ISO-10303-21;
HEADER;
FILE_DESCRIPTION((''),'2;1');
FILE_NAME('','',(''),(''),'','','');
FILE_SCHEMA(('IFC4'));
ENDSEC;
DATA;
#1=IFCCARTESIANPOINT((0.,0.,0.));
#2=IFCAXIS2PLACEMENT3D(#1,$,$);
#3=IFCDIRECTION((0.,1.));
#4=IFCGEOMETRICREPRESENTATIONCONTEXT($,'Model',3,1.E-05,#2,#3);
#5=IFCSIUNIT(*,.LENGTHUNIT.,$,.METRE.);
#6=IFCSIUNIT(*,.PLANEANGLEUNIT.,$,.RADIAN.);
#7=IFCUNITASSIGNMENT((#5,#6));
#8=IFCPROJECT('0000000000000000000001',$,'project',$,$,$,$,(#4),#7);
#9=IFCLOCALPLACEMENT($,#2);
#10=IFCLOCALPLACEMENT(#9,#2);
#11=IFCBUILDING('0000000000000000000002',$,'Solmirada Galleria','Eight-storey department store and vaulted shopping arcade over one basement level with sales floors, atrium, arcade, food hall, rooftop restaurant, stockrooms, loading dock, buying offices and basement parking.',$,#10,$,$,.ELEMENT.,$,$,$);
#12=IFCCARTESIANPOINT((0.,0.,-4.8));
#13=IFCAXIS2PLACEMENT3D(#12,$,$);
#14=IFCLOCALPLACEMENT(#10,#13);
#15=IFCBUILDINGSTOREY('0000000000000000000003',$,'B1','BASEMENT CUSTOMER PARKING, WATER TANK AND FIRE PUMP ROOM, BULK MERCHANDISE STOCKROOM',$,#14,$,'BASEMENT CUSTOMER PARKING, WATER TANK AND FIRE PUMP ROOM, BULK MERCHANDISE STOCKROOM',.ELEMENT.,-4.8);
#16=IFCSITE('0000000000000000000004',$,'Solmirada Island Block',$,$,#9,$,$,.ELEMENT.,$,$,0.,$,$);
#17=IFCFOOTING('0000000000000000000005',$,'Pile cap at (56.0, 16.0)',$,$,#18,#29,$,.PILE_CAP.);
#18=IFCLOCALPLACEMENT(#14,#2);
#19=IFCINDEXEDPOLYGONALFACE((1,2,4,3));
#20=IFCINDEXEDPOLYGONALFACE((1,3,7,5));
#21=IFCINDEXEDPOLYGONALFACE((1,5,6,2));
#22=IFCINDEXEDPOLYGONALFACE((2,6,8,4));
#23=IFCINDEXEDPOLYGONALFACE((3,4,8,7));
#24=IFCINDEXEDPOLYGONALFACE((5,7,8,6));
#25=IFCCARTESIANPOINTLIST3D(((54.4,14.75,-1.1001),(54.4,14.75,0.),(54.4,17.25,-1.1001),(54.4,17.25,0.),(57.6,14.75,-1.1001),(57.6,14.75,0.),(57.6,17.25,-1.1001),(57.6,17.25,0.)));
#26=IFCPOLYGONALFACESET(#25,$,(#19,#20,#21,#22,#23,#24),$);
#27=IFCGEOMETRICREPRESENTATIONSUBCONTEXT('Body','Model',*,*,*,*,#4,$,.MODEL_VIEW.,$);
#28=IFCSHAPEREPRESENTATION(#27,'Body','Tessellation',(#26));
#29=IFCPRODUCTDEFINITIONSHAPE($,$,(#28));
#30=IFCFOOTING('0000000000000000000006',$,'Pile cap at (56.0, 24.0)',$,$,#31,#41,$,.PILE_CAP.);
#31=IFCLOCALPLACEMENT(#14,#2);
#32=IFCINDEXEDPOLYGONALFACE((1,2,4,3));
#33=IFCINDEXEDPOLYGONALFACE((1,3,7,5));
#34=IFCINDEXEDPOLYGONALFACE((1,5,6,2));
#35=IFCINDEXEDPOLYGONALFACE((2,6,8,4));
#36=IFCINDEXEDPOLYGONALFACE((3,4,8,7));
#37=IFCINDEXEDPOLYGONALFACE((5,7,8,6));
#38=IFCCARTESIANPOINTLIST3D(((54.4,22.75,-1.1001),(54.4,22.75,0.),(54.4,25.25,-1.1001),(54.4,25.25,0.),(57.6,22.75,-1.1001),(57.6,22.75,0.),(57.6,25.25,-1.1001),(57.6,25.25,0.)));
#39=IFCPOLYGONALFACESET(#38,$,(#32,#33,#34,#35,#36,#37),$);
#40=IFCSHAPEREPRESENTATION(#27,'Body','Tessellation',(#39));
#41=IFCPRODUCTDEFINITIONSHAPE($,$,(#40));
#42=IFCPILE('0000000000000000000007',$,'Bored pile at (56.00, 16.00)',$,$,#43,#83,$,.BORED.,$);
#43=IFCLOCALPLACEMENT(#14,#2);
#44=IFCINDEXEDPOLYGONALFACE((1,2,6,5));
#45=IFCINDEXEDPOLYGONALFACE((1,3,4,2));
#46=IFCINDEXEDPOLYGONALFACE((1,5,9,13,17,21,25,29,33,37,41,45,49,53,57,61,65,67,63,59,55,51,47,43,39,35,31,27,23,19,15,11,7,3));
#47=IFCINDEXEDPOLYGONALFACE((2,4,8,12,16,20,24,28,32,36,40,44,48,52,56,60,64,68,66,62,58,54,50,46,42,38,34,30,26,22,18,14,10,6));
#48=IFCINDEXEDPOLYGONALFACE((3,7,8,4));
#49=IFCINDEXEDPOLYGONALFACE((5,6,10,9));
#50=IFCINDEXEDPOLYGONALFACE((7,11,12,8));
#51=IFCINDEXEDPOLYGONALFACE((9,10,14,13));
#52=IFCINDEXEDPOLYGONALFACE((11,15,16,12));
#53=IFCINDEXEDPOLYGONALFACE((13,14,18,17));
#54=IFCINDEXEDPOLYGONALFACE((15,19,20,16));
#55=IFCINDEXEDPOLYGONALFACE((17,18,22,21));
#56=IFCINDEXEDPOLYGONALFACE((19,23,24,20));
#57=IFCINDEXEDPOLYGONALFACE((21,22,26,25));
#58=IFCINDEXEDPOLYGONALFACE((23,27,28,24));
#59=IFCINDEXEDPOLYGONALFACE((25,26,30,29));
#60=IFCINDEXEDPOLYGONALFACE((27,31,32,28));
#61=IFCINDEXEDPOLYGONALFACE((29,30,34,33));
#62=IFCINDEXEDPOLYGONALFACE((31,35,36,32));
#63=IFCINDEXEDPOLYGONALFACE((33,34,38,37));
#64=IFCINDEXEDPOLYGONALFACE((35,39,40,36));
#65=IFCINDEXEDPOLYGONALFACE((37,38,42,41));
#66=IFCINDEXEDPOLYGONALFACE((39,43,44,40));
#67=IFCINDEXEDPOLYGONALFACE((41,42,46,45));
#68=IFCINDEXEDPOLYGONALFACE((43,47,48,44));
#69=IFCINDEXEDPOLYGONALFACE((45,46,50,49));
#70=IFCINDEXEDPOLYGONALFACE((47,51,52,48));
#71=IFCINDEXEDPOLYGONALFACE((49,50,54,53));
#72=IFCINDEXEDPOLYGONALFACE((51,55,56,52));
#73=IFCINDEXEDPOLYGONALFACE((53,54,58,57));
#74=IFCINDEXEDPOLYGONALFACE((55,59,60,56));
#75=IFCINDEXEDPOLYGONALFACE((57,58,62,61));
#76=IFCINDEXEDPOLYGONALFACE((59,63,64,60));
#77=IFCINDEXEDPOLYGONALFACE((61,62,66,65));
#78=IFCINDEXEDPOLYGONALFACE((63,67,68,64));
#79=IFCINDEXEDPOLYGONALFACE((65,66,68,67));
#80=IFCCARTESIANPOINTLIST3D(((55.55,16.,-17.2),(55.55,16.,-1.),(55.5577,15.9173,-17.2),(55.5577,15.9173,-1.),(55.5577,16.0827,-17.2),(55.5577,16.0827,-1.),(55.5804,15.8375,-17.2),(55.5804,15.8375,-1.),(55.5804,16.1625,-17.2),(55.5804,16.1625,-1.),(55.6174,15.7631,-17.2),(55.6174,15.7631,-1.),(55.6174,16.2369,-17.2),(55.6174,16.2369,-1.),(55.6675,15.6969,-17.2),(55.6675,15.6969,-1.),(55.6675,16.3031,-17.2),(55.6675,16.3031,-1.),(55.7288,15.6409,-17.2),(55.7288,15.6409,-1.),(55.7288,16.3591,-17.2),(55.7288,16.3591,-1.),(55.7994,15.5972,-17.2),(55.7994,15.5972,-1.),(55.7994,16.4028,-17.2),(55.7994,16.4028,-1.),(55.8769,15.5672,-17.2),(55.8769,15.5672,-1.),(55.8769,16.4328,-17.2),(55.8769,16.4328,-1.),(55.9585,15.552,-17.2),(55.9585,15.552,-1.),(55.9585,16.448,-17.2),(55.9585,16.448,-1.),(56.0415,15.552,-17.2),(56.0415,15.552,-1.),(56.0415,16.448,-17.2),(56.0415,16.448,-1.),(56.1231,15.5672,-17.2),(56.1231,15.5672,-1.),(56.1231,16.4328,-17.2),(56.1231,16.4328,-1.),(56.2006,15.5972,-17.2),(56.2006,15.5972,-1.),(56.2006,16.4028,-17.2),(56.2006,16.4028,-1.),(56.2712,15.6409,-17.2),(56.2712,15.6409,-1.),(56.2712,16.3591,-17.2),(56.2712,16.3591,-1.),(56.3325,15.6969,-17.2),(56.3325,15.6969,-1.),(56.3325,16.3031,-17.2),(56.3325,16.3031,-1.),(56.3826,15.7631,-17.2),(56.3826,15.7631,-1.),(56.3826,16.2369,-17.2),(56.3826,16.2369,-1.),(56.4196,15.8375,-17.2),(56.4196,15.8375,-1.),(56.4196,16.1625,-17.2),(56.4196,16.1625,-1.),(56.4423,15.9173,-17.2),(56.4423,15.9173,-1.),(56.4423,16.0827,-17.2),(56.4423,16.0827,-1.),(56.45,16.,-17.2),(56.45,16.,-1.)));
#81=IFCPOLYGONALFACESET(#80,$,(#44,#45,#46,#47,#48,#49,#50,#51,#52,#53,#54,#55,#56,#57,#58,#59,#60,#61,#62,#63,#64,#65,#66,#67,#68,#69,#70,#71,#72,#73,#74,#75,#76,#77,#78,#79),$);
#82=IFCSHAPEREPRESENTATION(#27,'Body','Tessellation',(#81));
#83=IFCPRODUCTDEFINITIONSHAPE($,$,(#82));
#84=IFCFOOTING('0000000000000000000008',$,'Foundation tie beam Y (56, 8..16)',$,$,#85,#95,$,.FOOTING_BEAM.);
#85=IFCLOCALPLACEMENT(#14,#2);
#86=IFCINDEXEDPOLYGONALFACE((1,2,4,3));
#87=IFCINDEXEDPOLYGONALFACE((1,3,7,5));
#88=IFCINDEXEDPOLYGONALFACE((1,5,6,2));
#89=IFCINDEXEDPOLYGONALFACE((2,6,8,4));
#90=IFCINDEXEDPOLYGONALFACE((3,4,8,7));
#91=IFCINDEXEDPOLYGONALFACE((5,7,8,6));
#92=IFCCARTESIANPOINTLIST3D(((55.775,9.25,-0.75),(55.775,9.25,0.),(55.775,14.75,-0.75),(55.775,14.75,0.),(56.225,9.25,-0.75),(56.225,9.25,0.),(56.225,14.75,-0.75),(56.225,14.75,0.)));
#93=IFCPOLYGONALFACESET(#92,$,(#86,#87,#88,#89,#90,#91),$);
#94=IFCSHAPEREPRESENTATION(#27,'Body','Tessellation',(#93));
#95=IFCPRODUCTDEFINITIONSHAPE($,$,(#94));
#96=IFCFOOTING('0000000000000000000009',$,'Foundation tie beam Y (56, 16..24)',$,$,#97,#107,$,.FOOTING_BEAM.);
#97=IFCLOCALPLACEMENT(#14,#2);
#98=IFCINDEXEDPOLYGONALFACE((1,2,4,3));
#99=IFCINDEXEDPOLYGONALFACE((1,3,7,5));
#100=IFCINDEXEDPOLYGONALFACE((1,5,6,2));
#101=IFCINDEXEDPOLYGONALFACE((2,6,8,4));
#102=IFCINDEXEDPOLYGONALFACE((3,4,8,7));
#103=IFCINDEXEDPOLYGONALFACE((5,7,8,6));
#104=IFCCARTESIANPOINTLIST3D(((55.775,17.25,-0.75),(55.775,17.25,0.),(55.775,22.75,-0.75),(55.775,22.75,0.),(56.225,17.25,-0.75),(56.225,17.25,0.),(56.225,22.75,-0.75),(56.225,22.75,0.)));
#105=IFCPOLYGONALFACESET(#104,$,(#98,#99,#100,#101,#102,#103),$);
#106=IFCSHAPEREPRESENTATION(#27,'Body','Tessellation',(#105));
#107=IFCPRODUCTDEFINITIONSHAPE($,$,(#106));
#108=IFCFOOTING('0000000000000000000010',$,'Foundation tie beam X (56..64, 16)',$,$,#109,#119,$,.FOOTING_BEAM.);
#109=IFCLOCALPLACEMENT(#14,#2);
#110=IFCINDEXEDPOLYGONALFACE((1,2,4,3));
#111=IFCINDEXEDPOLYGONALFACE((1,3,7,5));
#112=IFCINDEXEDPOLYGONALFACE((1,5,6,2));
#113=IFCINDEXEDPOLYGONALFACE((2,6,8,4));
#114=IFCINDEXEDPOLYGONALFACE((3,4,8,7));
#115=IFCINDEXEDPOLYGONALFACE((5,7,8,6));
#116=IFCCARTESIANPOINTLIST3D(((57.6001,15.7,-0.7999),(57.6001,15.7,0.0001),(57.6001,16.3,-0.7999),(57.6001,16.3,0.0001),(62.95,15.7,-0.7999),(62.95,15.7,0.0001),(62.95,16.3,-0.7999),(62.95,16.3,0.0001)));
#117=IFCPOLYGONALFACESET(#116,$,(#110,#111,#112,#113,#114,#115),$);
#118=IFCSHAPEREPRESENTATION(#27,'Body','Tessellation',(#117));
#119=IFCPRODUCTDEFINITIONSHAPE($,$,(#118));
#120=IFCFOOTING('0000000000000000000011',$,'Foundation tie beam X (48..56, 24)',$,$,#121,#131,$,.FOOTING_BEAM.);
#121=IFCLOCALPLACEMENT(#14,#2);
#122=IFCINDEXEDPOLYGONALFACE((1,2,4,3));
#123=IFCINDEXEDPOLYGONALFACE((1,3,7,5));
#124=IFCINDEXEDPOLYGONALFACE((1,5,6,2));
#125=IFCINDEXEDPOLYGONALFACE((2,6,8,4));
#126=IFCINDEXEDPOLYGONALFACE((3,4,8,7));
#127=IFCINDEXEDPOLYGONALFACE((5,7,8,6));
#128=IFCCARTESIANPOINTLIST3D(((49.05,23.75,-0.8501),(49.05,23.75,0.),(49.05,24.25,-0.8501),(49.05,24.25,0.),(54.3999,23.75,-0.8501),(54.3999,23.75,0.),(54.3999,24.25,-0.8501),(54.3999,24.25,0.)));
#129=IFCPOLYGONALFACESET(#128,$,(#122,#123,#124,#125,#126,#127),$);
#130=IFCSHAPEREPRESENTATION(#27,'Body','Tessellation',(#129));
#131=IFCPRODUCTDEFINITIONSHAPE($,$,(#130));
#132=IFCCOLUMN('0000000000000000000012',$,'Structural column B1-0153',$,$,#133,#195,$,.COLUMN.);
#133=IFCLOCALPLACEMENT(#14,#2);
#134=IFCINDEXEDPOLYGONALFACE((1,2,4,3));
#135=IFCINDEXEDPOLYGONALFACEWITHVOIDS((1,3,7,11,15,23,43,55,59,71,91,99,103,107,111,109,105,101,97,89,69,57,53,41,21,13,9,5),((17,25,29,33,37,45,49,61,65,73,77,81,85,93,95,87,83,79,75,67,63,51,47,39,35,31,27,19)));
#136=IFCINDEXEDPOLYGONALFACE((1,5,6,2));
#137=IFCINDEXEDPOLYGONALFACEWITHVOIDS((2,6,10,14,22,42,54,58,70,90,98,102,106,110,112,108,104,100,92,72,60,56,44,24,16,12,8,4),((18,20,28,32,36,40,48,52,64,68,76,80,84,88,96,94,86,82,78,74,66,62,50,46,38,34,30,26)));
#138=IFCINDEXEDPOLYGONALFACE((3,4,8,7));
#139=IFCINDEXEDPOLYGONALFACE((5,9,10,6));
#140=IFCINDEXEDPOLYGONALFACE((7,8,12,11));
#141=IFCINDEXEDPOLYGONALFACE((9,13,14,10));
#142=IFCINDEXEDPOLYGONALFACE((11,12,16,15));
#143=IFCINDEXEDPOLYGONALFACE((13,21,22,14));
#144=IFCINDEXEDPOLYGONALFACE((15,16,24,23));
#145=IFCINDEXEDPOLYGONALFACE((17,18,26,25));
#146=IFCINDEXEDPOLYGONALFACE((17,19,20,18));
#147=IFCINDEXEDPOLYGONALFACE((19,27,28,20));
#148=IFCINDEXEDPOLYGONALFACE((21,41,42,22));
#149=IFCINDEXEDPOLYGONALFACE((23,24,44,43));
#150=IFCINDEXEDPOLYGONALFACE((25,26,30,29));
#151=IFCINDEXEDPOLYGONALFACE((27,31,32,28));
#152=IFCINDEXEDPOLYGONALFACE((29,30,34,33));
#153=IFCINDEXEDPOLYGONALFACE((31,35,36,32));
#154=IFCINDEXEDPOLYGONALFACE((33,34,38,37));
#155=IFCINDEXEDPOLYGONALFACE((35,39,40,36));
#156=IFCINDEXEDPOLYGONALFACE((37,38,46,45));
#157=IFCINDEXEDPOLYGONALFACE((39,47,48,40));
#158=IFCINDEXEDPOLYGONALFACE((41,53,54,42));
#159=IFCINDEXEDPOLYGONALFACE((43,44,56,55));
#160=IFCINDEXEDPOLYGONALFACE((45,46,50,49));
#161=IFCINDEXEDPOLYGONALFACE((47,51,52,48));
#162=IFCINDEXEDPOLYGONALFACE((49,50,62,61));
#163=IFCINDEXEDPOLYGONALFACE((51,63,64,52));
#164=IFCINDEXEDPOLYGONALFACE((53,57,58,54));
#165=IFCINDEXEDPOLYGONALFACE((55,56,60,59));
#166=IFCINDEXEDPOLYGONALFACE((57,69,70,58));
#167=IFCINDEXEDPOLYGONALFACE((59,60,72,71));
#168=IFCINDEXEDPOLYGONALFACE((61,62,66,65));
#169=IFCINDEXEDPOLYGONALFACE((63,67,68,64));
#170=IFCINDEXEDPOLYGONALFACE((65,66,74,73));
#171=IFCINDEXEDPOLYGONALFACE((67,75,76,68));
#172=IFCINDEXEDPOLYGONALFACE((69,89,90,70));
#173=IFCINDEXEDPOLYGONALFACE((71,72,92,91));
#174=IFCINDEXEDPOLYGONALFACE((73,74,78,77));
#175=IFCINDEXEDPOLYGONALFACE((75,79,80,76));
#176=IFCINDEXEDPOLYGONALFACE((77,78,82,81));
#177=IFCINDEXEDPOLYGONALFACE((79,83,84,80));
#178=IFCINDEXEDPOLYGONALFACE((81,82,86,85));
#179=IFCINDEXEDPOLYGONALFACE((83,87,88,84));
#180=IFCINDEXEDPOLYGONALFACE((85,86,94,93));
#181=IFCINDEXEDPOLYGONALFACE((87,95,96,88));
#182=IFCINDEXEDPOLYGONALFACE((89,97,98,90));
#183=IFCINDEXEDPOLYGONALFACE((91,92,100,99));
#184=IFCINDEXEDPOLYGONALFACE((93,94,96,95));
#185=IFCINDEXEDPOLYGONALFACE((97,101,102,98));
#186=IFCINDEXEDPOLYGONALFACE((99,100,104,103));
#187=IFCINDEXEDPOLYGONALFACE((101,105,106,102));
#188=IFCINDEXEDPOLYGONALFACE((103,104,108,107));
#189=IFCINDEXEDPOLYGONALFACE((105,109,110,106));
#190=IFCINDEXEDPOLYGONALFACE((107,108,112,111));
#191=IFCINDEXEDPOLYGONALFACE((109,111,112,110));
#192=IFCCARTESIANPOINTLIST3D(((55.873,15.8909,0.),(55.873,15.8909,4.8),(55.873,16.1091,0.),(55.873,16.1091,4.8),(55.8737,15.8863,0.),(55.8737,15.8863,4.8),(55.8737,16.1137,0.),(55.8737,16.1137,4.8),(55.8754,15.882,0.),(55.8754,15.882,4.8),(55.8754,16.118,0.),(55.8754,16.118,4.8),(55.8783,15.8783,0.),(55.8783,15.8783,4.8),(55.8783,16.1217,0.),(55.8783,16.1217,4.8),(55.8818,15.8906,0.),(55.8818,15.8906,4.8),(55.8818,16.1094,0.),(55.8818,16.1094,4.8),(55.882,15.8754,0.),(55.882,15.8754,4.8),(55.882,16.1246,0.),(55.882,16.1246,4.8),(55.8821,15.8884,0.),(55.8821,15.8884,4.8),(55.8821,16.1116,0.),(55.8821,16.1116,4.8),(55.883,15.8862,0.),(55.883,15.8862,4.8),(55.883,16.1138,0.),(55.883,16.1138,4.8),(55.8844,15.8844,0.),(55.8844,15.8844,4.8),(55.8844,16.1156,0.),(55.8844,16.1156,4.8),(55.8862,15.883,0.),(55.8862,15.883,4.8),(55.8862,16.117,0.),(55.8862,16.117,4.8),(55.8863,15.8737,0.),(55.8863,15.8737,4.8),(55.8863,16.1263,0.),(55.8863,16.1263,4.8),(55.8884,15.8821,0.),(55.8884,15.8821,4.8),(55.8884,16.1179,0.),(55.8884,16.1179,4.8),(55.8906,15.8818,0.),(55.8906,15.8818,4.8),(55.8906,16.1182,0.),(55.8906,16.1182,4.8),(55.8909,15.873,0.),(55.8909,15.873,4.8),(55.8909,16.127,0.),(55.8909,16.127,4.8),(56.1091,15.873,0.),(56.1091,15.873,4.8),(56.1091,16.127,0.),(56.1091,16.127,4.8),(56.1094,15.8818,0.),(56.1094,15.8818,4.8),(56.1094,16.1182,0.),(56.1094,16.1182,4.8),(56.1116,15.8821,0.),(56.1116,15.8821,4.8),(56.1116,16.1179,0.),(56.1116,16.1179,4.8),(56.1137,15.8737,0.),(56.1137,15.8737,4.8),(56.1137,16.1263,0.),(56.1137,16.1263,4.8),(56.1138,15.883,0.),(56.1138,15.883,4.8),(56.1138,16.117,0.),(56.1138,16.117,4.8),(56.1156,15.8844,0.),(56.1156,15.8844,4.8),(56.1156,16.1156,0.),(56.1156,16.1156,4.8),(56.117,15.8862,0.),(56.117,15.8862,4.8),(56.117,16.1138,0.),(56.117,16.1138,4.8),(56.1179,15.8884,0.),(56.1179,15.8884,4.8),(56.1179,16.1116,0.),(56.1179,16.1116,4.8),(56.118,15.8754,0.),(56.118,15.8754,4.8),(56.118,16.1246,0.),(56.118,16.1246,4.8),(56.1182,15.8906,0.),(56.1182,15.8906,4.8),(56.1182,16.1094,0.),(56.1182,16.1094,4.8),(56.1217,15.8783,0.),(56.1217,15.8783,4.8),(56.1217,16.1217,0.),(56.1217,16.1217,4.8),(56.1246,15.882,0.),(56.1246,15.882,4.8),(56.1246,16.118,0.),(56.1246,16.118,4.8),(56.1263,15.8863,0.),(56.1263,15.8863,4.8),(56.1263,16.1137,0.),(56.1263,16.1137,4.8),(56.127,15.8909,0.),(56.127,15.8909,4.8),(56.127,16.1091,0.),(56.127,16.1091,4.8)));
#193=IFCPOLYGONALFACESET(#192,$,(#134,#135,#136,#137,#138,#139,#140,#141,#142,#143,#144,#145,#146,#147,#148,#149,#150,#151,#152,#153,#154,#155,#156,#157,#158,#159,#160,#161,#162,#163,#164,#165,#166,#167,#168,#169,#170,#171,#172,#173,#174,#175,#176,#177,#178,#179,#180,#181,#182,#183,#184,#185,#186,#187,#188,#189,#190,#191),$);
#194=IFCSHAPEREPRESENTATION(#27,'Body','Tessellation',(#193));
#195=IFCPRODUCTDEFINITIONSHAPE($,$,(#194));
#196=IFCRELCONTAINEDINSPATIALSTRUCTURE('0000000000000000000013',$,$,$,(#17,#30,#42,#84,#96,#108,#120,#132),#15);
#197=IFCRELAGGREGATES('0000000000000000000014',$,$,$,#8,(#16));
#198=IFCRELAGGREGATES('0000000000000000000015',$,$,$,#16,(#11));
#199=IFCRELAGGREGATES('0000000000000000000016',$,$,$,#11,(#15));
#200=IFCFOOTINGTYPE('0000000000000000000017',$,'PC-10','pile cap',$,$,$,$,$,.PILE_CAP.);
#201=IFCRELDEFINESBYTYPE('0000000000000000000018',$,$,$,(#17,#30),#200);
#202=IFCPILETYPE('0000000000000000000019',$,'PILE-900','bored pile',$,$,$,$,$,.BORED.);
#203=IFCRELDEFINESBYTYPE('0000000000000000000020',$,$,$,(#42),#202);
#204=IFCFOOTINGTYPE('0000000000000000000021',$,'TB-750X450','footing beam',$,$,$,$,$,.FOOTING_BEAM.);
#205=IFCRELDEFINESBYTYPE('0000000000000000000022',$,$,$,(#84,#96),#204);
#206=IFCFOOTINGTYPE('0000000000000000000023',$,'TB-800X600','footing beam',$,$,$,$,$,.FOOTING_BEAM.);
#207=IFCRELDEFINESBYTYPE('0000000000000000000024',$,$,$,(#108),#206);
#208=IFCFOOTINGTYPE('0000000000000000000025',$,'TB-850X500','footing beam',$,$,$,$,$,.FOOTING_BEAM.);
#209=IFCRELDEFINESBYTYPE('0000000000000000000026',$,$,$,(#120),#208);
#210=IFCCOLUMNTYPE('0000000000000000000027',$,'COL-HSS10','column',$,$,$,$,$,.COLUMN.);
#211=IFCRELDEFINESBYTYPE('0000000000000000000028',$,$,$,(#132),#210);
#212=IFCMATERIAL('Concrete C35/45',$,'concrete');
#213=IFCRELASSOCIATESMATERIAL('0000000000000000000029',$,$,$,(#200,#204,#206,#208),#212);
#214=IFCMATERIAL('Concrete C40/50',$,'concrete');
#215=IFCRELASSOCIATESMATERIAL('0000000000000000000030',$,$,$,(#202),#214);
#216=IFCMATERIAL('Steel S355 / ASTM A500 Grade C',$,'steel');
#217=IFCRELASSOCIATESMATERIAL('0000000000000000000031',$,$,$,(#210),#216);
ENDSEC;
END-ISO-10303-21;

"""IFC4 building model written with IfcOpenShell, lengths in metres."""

from ifc_helpers import new_model, si_unit, direction, frame, origin, origin_2d, place, context, subcontext, project, spatial, rectangle, hollow_rectangle, circle, extrude, material, material_profile, profile_set, type_object, element, save


model = new_model("IFC4")

# Units and contexts
model_context = context("Model", 3, precision=1e-05, world=origin(), true_north=direction((0.0, 1.0)))
body_context = subcontext(model_context, "Body", "Model", "MODEL_VIEW")
ifc_project = project(units=[si_unit("LENGTHUNIT", "METRE"), si_unit("PLANEANGLEUNIT", "RADIAN")], contexts=[model_context])

# Site, building, storey
site_placement = place(None, origin())
site = spatial("IfcSite", under=ifc_project, at=site_placement, Name="Solmirada Island Block", CompositionType="ELEMENT", RefElevation=0.0)
building_placement = place(site_placement, origin())
building = spatial("IfcBuilding", under=site, at=building_placement, Name="Solmirada Galleria", Description="Eight-storey department store and vaulted shopping arcade over one basement level with sales floors, atrium, arcade, food hall, rooftop restaurant, stockrooms, loading dock, buying offices and basement parking.", CompositionType="ELEMENT")
storey_placement = place(building_placement, frame((0.0, 0.0, -4.8)))
storey = spatial("IfcBuildingStorey", under=building, at=storey_placement, Name="B1", Description="BASEMENT CUSTOMER PARKING, WATER TANK AND FIRE PUMP ROOM, BULK MERCHANDISE STOCKROOM", LongName="BASEMENT CUSTOMER PARKING, WATER TANK AND FIRE PUMP ROOM, BULK MERCHANDISE STOCKROOM", CompositionType="ELEMENT", Elevation=-4.8)

# Footings
ifc_material_1 = material(Name="Concrete C35/45", Category="concrete")
footing_type_1 = type_object("IfcFootingType", Name="PC-10", Description="pile cap", PredefinedType="PILE_CAP", material=ifc_material_1)
for number, where, z_axis, x_axis, name in (
    (1, (56.0, 16.0, -1.1001), (0.0, 0.0, 1.0), (1.0, 0.0, 0.0), "Pile cap at (56.0, 16.0)"),
    (2, (56.0, 24.0, -1.1001), (0.0, 0.0, 1.0), (1.0, 0.0, 0.0), "Pile cap at (56.0, 24.0)"),
):
    element("IfcFooting", number, at=place(storey_placement, frame(where, z_axis=z_axis, x_axis=x_axis)), inside=storey, type_object=footing_type_1, Name=name, PredefinedType="PILE_CAP", context=body_context, shape_type="SweptSolid", body=[
        extrude(rectangle(XDim=3.2, YDim=2.5, at=origin_2d()), origin(), (0.0, 0.0, 1.0), 1.1001),
    ])

# Pile
ifc_material_2 = material(Name="Concrete C40/50", Category="concrete")
ifc_material_profile_1 = material_profile(ifc_material_2, circle(Radius=0.45, at=origin_2d()), Name="PILE900")
ifc_profile_set_1 = profile_set([ifc_material_profile_1], Name="Concrete C40/50")
pile_type = type_object("IfcPileType", Name="PILE-900", Description="bored pile", PredefinedType="BORED", material=ifc_profile_set_1)
pile_placement = place(storey_placement, frame((56.0, 16.0, -1.0), z_axis=(0.0, 0.0, -1.0), x_axis=(1.0, 0.0, 0.0)))
element("IfcPile", 3, at=pile_placement, inside=storey, type_object=pile_type, Name="Bored pile at (56.00, 16.00)", PredefinedType="BORED", context=body_context, shape_type="SweptSolid", body=[
    extrude(circle(Radius=0.45, at=origin_2d()), origin(), (0.0, 0.0, 1.0), 16.2),
])

# Footings
ifc_material_profile_2 = material_profile(ifc_material_1, rectangle(XDim=0.45, YDim=0.75, at=origin_2d()), Name="RC750X450")
ifc_profile_set_2 = profile_set([ifc_material_profile_2], Name="Concrete C35/45")
footing_type_2 = type_object("IfcFootingType", Name="TB-750X450", Description="footing beam", PredefinedType="FOOTING_BEAM", material=ifc_profile_set_2)
for number, where, z_axis, x_axis, name in (
    (4, (56.0, 9.25, -0.375), (0.0, 1.0, 0.0), (-1.0, 0.0, 0.0), "Foundation tie beam Y (56, 8..16)"),
    (5, (56.0, 17.25, -0.375), (0.0, 1.0, 0.0), (-1.0, 0.0, 0.0), "Foundation tie beam Y (56, 16..24)"),
):
    element("IfcFooting", number, at=place(storey_placement, frame(where, z_axis=z_axis, x_axis=x_axis)), inside=storey, type_object=footing_type_2, Name=name, PredefinedType="FOOTING_BEAM", context=body_context, shape_type="SweptSolid", body=[
        extrude(rectangle(XDim=0.45, YDim=0.75, at=origin_2d()), origin(), (0.0, 0.0, 1.0), 5.5),
    ])
ifc_material_profile_3 = material_profile(ifc_material_1, rectangle(XDim=0.6001, YDim=0.8, at=origin_2d()), Name="RC800X600")
ifc_profile_set_3 = profile_set([ifc_material_profile_3], Name="Concrete C35/45")
footing_type_3 = type_object("IfcFootingType", Name="TB-800X600", Description="footing beam", PredefinedType="FOOTING_BEAM", material=ifc_profile_set_3)
footing_1_placement = place(storey_placement, frame((57.6001, 16.0, -0.3999), z_axis=(1.0, 0.0, 0.0), x_axis=(0.0, 1.0, 0.0)))
element("IfcFooting", 6, at=footing_1_placement, inside=storey, type_object=footing_type_3, Name="Foundation tie beam X (56..64, 16)", PredefinedType="FOOTING_BEAM", context=body_context, shape_type="SweptSolid", body=[
    extrude(rectangle(XDim=0.6001, YDim=0.8, at=origin_2d()), origin(), (0.0, 0.0, 1.0), 5.3499),
])
ifc_material_profile_4 = material_profile(ifc_material_1, rectangle(XDim=0.5, YDim=0.8501, at=origin_2d()), Name="RC850X500")
ifc_profile_set_4 = profile_set([ifc_material_profile_4], Name="Concrete C35/45")
footing_type_4 = type_object("IfcFootingType", Name="TB-850X500", Description="footing beam", PredefinedType="FOOTING_BEAM", material=ifc_profile_set_4)
footing_2_placement = place(storey_placement, frame((49.05, 24.0, -0.425), z_axis=(1.0, 0.0, 0.0), x_axis=(0.0, 1.0, 0.0)))
element("IfcFooting", 7, at=footing_2_placement, inside=storey, type_object=footing_type_4, Name="Foundation tie beam X (48..56, 24)", PredefinedType="FOOTING_BEAM", context=body_context, shape_type="SweptSolid", body=[
    extrude(rectangle(XDim=0.5, YDim=0.8501, at=origin_2d()), origin(), (0.0, 0.0, 1.0), 5.3499),
])

# Column
ifc_material_3 = material(Name="Steel S355 / ASTM A500 Grade C", Category="steel")
ifc_material_profile_5 = material_profile(ifc_material_3, hollow_rectangle(XDim=0.2539, YDim=0.2539, WallThickness=0.0088, InnerFilletRadius=0.0088, OuterFilletRadius=0.0178, at=origin_2d()), Name="HSS10X10X3/8")
ifc_profile_set_5 = profile_set([ifc_material_profile_5], Name="Steel S355 / ASTM A500 Grade C")
column_type = type_object("IfcColumnType", Name="COL-HSS10", Description="column", PredefinedType="COLUMN", material=ifc_profile_set_5)
column_placement = place(storey_placement, frame((56.0, 16.0, 0.0), z_axis=(0.0, 0.0, 1.0), x_axis=(1.0, 0.0, 0.0)))
element("IfcColumn", 8, at=column_placement, inside=storey, type_object=column_type, Name="Structural column B1-0153", PredefinedType="COLUMN", context=body_context, shape_type="SweptSolid", body=[
    extrude(hollow_rectangle(XDim=0.2539, YDim=0.2539, WallThickness=0.0088, InnerFilletRadius=0.0088, OuterFilletRadius=0.0178, at=origin_2d()), origin(), (0.0, 0.0, 1.0), 4.8),
])

save(model, "model.ifc")
